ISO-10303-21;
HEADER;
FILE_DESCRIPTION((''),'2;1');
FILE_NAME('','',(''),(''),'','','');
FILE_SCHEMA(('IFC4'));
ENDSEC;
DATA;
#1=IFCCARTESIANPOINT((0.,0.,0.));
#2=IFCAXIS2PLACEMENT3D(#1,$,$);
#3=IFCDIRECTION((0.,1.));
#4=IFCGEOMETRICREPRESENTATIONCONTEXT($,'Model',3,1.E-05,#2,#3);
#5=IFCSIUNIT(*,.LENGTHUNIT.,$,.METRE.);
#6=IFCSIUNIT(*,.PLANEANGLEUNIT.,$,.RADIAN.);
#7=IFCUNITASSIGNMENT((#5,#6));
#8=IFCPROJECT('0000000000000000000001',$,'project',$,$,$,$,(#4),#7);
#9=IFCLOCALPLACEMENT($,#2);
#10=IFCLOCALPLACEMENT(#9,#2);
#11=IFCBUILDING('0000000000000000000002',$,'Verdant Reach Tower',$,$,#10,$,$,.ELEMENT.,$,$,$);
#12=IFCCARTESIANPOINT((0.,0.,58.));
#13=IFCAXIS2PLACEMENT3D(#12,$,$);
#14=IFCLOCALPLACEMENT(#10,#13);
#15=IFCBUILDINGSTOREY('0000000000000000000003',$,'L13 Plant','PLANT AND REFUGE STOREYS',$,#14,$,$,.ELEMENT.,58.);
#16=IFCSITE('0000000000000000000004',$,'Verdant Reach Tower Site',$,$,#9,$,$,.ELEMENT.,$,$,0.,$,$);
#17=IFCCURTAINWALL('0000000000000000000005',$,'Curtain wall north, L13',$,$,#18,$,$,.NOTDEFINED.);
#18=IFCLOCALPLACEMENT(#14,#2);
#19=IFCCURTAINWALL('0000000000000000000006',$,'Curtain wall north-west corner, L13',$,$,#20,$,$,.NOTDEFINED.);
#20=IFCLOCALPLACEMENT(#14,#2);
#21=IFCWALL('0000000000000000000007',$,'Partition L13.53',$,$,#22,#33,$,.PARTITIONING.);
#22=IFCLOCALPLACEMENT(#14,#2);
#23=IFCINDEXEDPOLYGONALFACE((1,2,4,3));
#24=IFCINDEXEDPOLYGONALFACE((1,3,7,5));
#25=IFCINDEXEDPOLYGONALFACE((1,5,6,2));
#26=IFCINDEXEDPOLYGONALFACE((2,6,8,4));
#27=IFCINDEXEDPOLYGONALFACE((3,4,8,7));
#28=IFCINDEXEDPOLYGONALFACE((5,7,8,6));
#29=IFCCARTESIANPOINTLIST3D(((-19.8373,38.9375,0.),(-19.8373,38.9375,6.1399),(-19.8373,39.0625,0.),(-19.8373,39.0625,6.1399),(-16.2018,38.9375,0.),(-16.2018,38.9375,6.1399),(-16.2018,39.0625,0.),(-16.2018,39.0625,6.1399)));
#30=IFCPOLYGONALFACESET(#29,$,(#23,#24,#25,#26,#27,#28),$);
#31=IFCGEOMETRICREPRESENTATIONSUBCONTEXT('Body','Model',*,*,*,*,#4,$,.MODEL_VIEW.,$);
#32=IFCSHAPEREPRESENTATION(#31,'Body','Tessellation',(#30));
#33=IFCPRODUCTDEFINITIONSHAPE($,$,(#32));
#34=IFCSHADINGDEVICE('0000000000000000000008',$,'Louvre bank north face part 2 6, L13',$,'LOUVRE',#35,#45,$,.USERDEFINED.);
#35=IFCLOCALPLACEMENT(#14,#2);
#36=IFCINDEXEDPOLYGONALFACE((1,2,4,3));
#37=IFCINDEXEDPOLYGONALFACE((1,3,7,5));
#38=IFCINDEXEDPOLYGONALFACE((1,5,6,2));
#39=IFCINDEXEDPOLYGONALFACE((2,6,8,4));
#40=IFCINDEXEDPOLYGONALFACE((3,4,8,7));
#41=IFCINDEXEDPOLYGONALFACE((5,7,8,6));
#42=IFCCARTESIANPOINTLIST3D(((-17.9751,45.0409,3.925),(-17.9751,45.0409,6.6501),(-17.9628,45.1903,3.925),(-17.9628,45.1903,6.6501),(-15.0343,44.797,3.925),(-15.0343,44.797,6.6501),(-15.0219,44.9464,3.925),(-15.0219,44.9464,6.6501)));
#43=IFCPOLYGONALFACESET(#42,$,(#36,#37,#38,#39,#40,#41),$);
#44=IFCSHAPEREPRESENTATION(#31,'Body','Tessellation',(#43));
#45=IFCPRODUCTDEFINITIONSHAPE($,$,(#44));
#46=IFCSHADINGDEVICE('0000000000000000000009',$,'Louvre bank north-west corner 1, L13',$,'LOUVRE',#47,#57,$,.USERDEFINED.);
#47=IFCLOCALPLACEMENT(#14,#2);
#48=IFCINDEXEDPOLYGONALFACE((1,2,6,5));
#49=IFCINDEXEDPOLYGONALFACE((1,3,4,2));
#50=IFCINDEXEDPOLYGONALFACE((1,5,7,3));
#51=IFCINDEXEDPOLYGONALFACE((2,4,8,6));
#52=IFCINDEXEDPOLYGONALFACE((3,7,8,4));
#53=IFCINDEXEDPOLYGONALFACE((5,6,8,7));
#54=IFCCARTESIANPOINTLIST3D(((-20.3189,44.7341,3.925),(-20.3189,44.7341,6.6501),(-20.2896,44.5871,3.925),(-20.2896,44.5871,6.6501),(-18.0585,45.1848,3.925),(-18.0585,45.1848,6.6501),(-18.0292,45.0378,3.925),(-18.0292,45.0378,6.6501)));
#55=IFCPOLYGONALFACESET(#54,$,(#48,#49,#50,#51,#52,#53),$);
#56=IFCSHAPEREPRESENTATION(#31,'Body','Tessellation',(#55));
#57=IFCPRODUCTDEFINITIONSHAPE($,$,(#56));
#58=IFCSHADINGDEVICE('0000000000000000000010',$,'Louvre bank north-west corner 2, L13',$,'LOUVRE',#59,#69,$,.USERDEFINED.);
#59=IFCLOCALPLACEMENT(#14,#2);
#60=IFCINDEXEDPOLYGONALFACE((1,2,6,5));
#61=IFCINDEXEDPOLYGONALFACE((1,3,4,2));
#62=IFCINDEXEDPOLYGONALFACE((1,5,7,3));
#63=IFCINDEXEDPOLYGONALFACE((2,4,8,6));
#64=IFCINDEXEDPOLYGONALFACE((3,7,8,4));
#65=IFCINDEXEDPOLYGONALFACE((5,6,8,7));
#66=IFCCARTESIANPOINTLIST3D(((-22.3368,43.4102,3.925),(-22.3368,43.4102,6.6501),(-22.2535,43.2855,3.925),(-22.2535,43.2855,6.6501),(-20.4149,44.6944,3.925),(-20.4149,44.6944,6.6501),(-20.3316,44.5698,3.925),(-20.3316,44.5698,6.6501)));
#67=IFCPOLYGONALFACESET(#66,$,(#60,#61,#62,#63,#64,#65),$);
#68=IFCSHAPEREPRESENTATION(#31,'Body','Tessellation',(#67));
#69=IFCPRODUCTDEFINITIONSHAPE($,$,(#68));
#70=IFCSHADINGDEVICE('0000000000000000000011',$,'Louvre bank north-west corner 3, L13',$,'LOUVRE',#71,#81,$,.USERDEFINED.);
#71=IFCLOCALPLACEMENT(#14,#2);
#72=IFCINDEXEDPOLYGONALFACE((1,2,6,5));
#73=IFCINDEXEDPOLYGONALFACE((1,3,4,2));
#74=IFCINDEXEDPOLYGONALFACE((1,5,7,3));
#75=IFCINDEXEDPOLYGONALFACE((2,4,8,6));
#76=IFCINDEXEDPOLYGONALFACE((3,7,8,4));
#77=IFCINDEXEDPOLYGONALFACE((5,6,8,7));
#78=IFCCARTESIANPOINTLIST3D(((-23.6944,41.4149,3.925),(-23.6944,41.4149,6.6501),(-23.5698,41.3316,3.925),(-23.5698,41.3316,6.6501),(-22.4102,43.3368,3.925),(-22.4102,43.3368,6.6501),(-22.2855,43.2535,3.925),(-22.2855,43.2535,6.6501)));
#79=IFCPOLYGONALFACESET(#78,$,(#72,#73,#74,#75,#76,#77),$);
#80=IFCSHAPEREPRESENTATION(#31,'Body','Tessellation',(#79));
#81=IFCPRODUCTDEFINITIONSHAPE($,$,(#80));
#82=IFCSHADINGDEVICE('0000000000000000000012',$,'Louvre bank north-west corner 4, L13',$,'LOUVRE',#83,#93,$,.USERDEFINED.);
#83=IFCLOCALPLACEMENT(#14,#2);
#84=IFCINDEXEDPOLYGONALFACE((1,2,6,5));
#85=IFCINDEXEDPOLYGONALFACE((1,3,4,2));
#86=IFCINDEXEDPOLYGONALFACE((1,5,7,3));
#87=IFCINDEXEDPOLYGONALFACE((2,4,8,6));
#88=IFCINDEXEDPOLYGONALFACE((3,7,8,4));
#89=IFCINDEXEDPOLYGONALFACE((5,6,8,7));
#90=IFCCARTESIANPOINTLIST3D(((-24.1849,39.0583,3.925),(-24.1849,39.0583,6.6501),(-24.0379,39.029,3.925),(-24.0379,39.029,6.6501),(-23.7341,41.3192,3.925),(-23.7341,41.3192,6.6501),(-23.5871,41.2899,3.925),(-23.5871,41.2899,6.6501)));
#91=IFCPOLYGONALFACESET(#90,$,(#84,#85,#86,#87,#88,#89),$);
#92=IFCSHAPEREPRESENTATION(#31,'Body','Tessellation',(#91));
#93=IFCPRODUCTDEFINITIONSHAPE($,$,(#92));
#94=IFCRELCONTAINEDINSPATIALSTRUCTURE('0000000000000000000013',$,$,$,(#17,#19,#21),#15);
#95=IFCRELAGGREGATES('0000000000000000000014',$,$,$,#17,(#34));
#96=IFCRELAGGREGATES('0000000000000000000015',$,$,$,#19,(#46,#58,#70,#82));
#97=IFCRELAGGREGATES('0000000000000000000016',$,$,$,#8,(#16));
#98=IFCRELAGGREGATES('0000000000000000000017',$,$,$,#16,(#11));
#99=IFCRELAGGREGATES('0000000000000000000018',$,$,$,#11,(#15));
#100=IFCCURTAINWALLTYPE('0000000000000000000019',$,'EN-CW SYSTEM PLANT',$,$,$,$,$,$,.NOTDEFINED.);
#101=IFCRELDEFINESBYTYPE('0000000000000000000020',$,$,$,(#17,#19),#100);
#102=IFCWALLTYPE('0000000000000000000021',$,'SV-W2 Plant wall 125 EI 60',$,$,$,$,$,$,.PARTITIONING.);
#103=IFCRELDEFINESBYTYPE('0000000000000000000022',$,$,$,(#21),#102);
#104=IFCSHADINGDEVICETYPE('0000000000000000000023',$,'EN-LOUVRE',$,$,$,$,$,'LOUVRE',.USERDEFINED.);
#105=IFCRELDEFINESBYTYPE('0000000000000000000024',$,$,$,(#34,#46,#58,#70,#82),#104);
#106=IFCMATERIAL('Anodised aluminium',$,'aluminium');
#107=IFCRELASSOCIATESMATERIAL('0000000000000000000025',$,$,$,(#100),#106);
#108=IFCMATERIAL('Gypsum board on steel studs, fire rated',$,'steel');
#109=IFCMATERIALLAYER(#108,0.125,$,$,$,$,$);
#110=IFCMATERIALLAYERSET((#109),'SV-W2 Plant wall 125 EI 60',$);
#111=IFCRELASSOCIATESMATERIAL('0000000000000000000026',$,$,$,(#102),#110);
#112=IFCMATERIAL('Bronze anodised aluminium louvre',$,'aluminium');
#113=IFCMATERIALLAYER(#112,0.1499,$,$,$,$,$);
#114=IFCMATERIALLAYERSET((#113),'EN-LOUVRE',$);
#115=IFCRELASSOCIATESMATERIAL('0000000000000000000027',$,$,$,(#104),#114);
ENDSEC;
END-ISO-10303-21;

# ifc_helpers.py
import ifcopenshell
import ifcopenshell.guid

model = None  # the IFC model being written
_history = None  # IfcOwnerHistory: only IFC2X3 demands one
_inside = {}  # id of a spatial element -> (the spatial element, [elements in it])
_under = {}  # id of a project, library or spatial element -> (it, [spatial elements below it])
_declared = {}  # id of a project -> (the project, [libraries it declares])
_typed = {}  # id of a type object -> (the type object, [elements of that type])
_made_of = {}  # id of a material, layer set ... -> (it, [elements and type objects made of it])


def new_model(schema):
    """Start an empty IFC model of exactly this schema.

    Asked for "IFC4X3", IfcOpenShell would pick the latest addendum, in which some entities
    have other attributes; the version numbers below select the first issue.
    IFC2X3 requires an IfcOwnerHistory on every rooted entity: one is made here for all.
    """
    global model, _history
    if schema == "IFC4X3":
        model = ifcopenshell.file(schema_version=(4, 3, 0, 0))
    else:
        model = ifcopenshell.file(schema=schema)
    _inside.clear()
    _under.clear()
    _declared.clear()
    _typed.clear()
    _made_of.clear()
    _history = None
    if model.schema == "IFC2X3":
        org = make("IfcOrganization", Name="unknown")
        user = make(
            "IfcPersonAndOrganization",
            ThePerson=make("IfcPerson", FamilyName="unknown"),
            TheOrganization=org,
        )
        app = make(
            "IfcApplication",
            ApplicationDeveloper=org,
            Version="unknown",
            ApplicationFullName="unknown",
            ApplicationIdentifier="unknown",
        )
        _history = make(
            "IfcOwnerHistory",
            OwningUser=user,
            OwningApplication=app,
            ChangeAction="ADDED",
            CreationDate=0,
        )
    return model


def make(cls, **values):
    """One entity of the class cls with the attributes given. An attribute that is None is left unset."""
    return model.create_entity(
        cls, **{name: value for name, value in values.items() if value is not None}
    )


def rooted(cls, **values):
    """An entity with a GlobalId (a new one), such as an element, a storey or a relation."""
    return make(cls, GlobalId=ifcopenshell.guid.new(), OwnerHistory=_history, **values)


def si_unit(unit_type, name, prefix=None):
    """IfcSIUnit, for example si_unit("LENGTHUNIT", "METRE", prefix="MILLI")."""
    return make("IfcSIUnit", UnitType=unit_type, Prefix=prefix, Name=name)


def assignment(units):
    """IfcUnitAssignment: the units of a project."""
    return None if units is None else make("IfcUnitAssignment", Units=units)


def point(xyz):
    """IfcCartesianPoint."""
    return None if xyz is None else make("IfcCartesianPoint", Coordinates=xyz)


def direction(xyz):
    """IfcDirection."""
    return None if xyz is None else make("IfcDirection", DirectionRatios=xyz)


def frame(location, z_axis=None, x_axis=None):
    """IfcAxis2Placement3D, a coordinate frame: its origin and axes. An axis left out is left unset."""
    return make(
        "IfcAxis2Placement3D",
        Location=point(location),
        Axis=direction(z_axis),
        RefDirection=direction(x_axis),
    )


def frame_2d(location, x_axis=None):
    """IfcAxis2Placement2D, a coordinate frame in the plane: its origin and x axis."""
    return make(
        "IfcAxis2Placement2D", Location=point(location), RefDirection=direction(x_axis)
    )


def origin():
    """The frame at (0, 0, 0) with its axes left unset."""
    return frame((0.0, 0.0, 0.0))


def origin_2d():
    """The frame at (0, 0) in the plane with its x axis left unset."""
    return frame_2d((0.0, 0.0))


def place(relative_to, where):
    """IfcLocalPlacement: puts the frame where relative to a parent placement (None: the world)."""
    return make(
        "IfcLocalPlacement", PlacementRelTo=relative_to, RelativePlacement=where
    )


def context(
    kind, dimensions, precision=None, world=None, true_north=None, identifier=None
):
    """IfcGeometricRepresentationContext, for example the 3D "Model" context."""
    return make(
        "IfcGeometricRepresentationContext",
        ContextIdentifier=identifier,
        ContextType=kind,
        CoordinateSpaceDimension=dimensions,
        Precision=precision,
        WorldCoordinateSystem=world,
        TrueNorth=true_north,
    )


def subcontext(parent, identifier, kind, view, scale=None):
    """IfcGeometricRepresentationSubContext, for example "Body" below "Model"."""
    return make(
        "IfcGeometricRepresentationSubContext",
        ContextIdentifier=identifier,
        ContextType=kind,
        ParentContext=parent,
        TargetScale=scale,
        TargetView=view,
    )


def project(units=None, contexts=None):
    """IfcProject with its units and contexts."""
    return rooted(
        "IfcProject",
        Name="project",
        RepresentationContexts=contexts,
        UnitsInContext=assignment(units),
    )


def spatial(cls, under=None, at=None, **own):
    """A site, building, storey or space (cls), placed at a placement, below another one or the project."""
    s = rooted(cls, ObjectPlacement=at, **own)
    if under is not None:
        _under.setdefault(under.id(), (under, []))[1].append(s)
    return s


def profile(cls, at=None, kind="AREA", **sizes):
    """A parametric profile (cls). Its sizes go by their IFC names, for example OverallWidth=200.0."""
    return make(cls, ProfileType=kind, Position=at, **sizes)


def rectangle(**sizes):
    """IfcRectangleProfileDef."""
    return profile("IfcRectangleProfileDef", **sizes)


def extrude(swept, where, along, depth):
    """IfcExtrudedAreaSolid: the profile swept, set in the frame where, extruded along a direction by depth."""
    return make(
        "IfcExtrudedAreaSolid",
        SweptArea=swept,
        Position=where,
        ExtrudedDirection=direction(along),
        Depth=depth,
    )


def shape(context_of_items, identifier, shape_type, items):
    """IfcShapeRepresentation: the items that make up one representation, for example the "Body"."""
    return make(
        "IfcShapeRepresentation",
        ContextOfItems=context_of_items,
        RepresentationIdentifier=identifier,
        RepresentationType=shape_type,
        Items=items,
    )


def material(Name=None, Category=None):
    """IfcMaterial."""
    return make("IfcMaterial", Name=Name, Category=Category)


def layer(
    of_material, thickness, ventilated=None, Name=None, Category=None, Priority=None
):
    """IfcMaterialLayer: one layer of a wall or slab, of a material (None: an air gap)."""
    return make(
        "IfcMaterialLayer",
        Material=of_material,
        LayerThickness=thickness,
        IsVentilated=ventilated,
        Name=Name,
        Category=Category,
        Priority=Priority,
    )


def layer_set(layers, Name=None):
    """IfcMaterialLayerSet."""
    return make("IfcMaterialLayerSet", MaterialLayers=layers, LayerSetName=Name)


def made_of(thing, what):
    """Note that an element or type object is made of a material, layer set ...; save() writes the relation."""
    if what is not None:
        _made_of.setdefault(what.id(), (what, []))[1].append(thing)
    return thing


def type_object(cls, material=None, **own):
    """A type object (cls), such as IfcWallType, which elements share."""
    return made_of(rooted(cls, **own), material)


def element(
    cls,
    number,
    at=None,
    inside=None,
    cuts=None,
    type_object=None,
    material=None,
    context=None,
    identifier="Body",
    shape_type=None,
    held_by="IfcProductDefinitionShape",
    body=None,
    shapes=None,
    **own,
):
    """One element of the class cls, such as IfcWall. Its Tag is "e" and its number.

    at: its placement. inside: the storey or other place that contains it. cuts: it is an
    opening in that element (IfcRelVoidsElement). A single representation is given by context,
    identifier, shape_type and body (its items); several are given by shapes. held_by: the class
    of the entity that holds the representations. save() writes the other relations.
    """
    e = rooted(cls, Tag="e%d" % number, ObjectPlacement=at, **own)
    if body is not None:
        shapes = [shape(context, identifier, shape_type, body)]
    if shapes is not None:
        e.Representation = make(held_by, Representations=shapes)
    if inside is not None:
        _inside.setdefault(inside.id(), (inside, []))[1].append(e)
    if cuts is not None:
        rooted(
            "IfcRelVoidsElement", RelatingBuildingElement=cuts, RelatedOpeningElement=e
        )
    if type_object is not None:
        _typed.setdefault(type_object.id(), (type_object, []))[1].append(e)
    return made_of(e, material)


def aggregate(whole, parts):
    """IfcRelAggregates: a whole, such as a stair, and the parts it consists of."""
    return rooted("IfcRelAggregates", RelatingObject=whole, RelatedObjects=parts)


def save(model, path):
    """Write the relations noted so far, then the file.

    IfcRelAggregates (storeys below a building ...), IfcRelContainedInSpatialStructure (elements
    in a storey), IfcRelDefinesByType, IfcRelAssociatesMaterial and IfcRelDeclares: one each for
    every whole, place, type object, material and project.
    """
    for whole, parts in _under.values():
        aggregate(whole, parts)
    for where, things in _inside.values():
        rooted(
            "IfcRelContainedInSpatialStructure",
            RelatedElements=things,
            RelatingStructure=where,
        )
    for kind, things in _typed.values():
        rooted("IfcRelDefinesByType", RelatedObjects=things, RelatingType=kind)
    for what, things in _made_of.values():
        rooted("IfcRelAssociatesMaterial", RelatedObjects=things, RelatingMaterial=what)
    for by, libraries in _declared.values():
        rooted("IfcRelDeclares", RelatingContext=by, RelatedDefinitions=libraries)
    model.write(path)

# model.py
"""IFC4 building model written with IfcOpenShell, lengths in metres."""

from ifc_helpers import new_model, si_unit, direction, frame, frame_2d, origin, origin_2d, place, context, subcontext, project, spatial, rectangle, extrude, material, layer, layer_set, type_object, element, aggregate, save


model = new_model("IFC4")

# Units and contexts
model_context = context("Model", 3, precision=1e-05, world=origin(), true_north=direction((0.0, 1.0)))
body_context = subcontext(model_context, "Body", "Model", "MODEL_VIEW")
ifc_project = project(units=[si_unit("LENGTHUNIT", "METRE"), si_unit("PLANEANGLEUNIT", "RADIAN")], contexts=[model_context])

# Site, building, storey
site_placement = place(None, origin())
site = spatial("IfcSite", under=ifc_project, at=site_placement, Name="Verdant Reach Tower Site", CompositionType="ELEMENT", RefElevation=0.0)
building_placement = place(site_placement, origin())
building = spatial("IfcBuilding", under=site, at=building_placement, Name="Verdant Reach Tower", CompositionType="ELEMENT")
storey_placement = place(building_placement, frame((0.0, 0.0, 58.0)))
storey = spatial("IfcBuildingStorey", under=building, at=storey_placement, Name="L13 Plant", Description="PLANT AND REFUGE STOREYS", CompositionType="ELEMENT", Elevation=58.0)

# Curtain wall
ifc_material_1 = material(Name="Anodised aluminium", Category="aluminium")
curtain_wall_type = type_object("IfcCurtainWallType", Name="EN-CW SYSTEM PLANT", PredefinedType="NOTDEFINED", material=ifc_material_1)
curtain_wall_1_placement = place(storey_placement, origin())
curtain_wall_1 = element("IfcCurtainWall", 1, at=curtain_wall_1_placement, inside=storey, type_object=curtain_wall_type, Name="Curtain wall north, L13", PredefinedType="NOTDEFINED")

# Curtain wall
curtain_wall_2_placement = place(storey_placement, origin())
curtain_wall_2 = element("IfcCurtainWall", 2, at=curtain_wall_2_placement, inside=storey, type_object=curtain_wall_type, Name="Curtain wall north-west corner, L13", PredefinedType="NOTDEFINED")

# Shared definitions
ifc_material_2 = material(Name="Gypsum board on steel studs, fire rated", Category="steel")
ifc_layer_1 = layer(ifc_material_2, 0.125)
ifc_layer_set_1 = layer_set([ifc_layer_1], Name="SV-W2 Plant wall 125 EI 60")
wall_type = type_object("IfcWallType", Name="SV-W2 Plant wall 125 EI 60", PredefinedType="PARTITIONING", material=ifc_layer_set_1)

# Wall
wall_1_placement = place(storey_placement, frame((-19.8374, 39.0, 0.0), z_axis=(0.0, 0.0, 1.0), x_axis=(1.0, 0.0, 0.0)))
element("IfcWall", 3, at=wall_1_placement, inside=storey, type_object=wall_type, Name="Partition L13.53", PredefinedType="PARTITIONING", context=body_context, shape_type="SweptSolid", body=[
    extrude(rectangle(XDim=3.6355, YDim=0.125, at=frame_2d((1.8179, 0.0))), origin(), (0.0, 0.0, 1.0), 6.1399),
])

# Shading devices
ifc_material_3 = material(Name="Bronze anodised aluminium louvre", Category="aluminium")
ifc_layer_2 = layer(ifc_material_3, 0.1499)
ifc_layer_set_2 = layer_set([ifc_layer_2], Name="EN-LOUVRE")
shading_device_type = type_object("IfcShadingDeviceType", Name="EN-LOUVRE", ElementType="LOUVRE", PredefinedType="USERDEFINED", material=ifc_layer_set_2)
shading_device_1_placement = place(storey_placement, frame((-16.4985, 44.9937, 3.925), z_axis=(0.0, 0.0, 1.0), x_axis=(-0.996578, 0.082664, 0.0)))
shading_device_1 = element("IfcShadingDevice", 4, at=shading_device_1_placement, type_object=shading_device_type, Name="Louvre bank north face part 2 6, L13", ObjectType="LOUVRE", PredefinedType="USERDEFINED", context=body_context, shape_type="SweptSolid", body=[
    extrude(rectangle(XDim=2.9509, YDim=0.1499, at=origin_2d()), origin(), (0.0, 0.0, 1.0), 2.7251),
])
aggregate(curtain_wall_1, [shading_device_1])
shading_device_2_placement = place(storey_placement, frame((-19.1741, 44.886, 3.925), z_axis=(0.0, 0.0, 1.0), x_axis=(-0.980695, -0.195545, 0.0)))
shading_device_2 = element("IfcShadingDevice", 5, at=shading_device_2_placement, type_object=shading_device_type, Name="Louvre bank north-west corner 1, L13", ObjectType="LOUVRE", PredefinedType="USERDEFINED", context=body_context, shape_type="SweptSolid", body=[
    extrude(rectangle(XDim=2.3049, YDim=0.1499, at=origin_2d()), origin(), (0.0, 0.0, 1.0), 2.7251),
])
shading_device_3_placement = place(storey_placement, frame((-21.3342, 43.99, 3.925), z_axis=(0.0, 0.0, 1.0), x_axis=(-0.831452, -0.555596, 0.0)))
shading_device_3 = element("IfcShadingDevice", 6, at=shading_device_3_placement, type_object=shading_device_type, Name="Louvre bank north-west corner 2, L13", ObjectType="LOUVRE", PredefinedType="USERDEFINED", context=body_context, shape_type="SweptSolid", body=[
    extrude(rectangle(XDim=2.3115, YDim=0.1499, at=origin_2d()), origin(), (0.0, 0.0, 1.0), 2.7251),
])
shading_device_4_placement = place(storey_placement, frame((-22.99, 42.3342, 3.925), z_axis=(0.0, 0.0, 1.0), x_axis=(-0.555596, -0.831452, 0.0)))
shading_device_4 = element("IfcShadingDevice", 7, at=shading_device_4_placement, type_object=shading_device_type, Name="Louvre bank north-west corner 3, L13", ObjectType="LOUVRE", PredefinedType="USERDEFINED", context=body_context, shape_type="SweptSolid", body=[
    extrude(rectangle(XDim=2.3115, YDim=0.1499, at=origin_2d()), origin(), (0.0, 0.0, 1.0), 2.7251),
])
shading_device_5_placement = place(storey_placement, frame((-23.886, 40.1741, 3.925), z_axis=(0.0, 0.0, 1.0), x_axis=(-0.195519, -0.9807, 0.0)))
shading_device_5 = element("IfcShadingDevice", 8, at=shading_device_5_placement, type_object=shading_device_type, Name="Louvre bank north-west corner 4, L13", ObjectType="LOUVRE", PredefinedType="USERDEFINED", context=body_context, shape_type="SweptSolid", body=[
    extrude(rectangle(XDim=2.3054, YDim=0.1499, at=origin_2d()), origin(), (0.0, 0.0, 1.0), 2.7251),
])
aggregate(curtain_wall_2, [shading_device_2, shading_device_3, shading_device_4, shading_device_5])

save(model, "model.ifc")
